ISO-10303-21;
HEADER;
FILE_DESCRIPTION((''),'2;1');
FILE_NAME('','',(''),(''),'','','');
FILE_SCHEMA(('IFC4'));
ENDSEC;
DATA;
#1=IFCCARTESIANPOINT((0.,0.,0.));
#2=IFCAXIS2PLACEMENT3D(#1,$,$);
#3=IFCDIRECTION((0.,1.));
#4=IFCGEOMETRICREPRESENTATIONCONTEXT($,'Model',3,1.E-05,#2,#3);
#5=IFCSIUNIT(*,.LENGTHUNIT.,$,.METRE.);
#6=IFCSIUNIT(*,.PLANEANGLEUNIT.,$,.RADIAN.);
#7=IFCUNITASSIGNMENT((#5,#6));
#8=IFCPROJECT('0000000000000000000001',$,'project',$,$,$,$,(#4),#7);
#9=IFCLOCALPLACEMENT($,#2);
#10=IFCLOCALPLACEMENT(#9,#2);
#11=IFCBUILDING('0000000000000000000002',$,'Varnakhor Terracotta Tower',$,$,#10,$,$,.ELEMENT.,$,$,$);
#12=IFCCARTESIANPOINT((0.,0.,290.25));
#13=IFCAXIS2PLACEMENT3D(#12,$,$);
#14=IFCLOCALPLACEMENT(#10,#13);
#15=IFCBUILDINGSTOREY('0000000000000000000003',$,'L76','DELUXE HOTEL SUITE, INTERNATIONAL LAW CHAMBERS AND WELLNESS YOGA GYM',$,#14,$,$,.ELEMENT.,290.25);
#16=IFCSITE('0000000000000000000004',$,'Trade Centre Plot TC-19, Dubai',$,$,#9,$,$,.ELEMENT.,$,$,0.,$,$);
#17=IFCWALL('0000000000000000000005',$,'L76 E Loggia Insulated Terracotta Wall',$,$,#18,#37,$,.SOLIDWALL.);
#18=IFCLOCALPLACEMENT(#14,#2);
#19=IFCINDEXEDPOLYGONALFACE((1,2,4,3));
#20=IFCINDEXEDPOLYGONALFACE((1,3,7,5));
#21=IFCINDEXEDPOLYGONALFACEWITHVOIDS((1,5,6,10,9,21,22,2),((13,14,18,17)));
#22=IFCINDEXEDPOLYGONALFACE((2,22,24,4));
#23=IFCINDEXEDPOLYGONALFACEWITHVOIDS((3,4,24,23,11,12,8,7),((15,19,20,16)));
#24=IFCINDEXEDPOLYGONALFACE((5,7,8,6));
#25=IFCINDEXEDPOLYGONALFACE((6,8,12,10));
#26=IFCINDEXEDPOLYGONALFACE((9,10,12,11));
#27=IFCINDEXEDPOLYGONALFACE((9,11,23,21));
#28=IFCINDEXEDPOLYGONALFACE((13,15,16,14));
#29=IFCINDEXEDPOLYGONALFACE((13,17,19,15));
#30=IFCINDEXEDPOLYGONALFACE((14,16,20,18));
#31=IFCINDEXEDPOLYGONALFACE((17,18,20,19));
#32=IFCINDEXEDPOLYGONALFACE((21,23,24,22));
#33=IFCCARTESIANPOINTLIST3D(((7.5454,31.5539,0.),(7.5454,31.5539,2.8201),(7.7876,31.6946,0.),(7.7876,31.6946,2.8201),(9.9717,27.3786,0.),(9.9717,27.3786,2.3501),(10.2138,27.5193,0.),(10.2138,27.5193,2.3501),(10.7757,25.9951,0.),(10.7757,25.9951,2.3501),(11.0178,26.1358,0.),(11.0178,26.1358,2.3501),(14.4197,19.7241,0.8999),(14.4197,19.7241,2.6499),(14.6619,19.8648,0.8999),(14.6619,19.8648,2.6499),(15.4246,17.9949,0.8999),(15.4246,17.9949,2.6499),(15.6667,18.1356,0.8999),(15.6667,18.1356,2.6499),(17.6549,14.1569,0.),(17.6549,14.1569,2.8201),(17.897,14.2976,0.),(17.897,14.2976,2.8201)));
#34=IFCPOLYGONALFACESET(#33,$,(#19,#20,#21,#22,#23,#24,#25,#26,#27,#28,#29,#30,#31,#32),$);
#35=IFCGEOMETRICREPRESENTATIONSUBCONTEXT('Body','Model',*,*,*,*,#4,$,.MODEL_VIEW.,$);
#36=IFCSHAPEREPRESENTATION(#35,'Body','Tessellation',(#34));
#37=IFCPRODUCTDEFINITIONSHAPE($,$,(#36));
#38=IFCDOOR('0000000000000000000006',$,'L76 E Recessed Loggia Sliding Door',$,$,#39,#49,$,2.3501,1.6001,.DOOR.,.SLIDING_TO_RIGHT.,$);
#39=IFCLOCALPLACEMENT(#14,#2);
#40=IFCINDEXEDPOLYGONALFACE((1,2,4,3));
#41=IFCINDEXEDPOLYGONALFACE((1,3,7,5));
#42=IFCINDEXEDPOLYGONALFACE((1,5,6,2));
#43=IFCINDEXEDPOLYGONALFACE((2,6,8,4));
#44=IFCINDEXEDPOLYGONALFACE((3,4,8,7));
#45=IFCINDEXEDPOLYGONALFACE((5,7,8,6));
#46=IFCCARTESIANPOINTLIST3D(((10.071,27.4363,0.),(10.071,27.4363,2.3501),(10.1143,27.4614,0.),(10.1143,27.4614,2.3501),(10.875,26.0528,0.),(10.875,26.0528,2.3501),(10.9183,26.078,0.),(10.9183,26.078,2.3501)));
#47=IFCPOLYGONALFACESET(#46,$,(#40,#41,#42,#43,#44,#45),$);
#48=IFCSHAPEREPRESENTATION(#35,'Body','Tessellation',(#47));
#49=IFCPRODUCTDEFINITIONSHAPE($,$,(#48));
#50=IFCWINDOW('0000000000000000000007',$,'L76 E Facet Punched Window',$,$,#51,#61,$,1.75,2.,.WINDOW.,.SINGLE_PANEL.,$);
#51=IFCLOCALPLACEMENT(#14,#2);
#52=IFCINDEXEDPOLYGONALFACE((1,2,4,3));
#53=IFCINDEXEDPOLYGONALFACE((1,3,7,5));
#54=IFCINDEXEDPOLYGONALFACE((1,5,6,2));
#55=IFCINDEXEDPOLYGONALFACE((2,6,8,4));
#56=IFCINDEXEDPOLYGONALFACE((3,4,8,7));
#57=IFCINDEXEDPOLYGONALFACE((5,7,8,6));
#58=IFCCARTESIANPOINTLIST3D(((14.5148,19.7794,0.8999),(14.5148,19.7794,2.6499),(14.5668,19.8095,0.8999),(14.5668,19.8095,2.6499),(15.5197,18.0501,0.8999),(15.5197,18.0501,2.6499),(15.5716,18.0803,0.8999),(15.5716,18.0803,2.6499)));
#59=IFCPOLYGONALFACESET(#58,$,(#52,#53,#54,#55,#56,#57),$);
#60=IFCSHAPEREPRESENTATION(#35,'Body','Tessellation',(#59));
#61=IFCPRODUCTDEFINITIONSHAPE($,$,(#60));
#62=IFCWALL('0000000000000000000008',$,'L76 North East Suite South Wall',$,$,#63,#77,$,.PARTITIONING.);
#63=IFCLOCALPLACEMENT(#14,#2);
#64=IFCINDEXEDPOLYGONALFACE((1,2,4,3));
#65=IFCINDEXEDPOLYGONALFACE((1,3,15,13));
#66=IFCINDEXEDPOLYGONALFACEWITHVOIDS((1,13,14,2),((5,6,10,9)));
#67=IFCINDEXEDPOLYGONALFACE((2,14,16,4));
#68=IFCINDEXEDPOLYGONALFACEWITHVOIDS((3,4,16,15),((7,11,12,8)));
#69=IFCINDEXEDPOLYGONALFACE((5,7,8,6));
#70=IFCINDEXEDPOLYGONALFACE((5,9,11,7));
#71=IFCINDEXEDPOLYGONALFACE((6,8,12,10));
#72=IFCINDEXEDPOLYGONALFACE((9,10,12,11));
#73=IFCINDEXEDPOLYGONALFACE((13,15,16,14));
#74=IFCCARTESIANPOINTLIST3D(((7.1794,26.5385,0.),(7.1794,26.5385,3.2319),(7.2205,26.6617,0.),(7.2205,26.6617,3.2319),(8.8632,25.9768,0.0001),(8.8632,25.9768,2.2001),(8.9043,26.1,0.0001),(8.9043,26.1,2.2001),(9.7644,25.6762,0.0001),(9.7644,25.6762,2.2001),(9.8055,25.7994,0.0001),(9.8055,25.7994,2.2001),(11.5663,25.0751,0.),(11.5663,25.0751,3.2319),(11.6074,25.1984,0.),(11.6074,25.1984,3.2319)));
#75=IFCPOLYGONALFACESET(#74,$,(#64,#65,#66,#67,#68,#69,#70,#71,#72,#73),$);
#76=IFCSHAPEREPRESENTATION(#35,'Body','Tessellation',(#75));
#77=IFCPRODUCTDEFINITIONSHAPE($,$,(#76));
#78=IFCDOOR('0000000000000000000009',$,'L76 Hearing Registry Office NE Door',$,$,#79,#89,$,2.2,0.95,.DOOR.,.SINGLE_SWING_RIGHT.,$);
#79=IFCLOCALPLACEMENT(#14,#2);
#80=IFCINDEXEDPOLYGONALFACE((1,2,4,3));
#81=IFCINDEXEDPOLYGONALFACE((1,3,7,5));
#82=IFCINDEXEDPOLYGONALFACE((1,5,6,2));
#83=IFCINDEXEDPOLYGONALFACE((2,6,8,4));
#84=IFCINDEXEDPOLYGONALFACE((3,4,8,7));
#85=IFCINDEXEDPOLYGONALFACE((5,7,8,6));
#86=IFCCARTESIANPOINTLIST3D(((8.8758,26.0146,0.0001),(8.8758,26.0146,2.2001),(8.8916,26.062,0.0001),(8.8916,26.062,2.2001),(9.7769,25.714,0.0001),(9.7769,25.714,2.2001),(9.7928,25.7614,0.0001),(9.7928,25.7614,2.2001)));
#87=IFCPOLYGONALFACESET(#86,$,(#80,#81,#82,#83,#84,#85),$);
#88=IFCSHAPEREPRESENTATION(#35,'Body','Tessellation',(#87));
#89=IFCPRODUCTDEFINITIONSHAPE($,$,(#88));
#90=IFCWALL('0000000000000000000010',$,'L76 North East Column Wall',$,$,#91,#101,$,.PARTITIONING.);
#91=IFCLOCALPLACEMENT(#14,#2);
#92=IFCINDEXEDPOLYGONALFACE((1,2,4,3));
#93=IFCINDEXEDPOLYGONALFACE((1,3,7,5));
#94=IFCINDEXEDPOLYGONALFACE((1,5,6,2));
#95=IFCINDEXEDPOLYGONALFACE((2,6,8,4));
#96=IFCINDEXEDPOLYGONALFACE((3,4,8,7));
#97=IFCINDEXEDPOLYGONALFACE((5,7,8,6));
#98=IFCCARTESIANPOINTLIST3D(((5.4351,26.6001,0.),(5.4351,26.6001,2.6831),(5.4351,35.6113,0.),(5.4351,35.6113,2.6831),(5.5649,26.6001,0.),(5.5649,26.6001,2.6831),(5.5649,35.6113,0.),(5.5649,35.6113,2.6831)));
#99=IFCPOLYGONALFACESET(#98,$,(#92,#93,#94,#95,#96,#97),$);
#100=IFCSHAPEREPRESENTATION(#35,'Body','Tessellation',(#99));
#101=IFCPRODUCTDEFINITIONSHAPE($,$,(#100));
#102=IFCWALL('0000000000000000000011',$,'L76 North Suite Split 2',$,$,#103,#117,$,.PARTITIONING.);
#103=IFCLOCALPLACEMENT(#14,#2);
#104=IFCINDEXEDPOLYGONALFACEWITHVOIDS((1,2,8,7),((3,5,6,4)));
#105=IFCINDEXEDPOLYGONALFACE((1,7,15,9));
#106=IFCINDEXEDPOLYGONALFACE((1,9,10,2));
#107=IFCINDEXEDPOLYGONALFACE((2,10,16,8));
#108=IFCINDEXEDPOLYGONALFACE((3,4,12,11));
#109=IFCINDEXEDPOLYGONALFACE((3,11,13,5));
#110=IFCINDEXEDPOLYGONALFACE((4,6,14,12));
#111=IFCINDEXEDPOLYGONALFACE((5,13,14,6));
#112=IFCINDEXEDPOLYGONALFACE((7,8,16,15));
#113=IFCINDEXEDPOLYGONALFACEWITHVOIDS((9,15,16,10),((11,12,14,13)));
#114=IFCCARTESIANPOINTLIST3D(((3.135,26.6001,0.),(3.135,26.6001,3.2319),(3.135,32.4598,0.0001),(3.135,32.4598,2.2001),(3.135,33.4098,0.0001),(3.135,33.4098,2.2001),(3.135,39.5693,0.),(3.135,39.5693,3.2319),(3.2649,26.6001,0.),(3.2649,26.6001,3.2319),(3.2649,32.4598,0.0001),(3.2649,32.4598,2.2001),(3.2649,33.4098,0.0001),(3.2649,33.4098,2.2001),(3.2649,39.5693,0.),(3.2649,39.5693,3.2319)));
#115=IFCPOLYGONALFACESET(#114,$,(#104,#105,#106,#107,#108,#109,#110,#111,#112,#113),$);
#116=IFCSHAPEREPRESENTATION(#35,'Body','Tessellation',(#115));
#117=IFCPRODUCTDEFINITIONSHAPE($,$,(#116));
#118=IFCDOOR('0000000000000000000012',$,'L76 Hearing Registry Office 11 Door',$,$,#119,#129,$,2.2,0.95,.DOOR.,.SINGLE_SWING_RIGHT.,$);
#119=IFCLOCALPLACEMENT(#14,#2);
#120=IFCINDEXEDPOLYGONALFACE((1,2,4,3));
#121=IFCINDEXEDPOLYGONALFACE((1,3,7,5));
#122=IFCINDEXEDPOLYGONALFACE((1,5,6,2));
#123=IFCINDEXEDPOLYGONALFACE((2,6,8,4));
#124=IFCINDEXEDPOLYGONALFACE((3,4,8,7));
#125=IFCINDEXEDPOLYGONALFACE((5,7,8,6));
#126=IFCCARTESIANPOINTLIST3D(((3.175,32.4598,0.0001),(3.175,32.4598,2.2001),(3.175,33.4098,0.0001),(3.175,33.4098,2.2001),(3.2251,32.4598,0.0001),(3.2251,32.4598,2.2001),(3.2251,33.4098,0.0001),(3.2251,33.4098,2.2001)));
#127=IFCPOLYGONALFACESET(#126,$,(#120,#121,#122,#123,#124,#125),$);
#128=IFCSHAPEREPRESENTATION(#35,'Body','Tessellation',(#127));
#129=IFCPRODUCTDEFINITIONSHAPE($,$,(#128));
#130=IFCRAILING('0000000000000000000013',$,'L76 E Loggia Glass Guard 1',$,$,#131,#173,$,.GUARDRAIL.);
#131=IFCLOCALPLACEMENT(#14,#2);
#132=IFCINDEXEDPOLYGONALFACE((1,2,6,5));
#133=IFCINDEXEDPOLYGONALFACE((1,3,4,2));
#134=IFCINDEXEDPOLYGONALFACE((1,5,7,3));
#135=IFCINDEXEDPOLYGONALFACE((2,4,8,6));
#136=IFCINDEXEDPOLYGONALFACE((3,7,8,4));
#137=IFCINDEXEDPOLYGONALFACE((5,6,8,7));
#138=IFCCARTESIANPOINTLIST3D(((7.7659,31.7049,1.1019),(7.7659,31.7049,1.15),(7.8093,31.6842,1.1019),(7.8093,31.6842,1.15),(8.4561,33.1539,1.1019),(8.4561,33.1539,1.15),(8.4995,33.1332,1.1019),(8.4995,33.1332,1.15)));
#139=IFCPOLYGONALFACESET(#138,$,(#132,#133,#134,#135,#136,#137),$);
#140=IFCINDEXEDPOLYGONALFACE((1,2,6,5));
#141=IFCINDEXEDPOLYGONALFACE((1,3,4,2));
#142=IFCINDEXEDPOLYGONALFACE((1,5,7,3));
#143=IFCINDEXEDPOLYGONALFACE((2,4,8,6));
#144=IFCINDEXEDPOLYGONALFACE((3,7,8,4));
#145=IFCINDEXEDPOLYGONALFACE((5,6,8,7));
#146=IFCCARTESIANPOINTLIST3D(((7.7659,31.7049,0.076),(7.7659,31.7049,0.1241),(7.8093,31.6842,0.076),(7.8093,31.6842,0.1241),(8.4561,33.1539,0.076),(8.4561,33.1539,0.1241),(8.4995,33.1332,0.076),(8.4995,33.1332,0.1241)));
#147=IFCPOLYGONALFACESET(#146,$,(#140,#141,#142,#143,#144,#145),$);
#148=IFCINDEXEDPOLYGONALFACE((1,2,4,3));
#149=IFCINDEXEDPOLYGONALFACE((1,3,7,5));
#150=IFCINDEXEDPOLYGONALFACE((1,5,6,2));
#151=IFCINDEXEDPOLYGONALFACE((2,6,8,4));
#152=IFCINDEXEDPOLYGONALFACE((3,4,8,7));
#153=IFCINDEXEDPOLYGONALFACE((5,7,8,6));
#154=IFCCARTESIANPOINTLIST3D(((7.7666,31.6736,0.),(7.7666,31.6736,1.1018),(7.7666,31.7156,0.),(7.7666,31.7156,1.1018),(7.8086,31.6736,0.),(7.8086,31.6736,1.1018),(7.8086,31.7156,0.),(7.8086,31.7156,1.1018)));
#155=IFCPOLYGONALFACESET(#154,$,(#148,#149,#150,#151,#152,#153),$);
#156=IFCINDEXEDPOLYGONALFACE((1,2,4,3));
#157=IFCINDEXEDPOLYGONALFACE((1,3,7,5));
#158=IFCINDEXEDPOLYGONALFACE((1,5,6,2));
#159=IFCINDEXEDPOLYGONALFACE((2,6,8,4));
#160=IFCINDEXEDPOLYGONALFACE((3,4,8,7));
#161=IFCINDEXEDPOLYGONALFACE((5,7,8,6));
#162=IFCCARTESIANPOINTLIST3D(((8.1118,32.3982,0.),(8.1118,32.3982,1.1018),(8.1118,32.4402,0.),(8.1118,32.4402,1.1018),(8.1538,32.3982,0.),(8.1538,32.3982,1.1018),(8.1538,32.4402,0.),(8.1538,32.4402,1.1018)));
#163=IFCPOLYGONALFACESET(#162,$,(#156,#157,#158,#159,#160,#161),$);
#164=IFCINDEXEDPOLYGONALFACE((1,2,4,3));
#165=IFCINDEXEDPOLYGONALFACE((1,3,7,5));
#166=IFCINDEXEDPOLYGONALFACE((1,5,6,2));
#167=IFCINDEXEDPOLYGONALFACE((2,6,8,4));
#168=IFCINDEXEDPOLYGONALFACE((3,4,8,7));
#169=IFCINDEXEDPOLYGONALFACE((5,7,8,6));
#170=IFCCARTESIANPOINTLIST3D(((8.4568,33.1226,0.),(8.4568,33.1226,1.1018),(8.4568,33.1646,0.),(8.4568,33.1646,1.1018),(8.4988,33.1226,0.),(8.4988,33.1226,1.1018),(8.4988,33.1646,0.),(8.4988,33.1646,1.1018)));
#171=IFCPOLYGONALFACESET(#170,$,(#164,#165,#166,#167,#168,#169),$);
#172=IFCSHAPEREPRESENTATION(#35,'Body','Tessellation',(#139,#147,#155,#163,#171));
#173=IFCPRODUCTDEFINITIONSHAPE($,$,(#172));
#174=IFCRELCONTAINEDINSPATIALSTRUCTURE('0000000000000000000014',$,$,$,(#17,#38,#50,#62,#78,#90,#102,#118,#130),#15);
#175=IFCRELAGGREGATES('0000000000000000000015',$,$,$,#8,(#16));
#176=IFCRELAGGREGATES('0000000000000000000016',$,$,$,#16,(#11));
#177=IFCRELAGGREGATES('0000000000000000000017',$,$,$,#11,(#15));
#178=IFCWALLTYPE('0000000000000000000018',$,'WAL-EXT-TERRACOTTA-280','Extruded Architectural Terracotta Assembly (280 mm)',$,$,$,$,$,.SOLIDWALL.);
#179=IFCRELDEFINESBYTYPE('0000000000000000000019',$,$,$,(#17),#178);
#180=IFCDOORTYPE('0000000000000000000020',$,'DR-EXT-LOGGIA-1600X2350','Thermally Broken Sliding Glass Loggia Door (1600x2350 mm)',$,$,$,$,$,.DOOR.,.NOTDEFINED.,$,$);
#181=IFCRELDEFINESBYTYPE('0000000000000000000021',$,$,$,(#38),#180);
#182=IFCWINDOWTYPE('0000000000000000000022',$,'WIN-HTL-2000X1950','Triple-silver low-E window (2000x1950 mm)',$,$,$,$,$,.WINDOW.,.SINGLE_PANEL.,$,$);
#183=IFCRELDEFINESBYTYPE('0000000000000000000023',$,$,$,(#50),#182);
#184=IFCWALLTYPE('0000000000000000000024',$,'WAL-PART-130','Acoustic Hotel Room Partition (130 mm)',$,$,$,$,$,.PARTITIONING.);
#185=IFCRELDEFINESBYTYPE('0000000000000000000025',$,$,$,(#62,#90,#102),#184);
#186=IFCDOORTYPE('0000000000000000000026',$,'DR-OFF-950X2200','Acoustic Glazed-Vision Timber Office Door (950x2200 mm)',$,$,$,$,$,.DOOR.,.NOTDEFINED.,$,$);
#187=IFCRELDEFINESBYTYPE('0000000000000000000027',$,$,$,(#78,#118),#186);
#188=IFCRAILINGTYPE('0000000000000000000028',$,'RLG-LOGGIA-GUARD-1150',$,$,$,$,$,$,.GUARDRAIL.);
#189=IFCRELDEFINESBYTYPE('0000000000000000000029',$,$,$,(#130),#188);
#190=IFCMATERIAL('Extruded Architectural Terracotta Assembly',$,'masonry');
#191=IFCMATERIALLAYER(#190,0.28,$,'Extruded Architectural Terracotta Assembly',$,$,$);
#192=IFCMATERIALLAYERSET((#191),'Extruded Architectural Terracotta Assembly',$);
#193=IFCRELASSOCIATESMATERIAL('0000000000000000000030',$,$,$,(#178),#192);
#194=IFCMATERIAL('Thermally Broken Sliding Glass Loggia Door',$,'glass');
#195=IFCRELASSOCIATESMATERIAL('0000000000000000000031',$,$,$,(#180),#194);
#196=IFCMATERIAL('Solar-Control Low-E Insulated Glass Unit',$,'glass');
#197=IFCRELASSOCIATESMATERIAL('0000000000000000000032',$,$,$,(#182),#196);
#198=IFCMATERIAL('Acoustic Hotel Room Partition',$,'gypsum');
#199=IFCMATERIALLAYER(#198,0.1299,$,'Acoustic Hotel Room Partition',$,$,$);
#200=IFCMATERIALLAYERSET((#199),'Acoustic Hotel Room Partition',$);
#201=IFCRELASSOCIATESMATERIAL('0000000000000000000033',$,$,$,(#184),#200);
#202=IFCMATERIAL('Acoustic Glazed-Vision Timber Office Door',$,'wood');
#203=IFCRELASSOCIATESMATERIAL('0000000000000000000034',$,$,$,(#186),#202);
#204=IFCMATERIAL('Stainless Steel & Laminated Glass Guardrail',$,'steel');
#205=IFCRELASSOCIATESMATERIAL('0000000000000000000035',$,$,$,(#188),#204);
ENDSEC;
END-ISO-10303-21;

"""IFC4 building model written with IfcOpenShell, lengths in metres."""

from ifc_helpers import new_model, si_unit, direction, frame, frame_2d, origin, origin_2d, place, context, subcontext, project, spatial, rectangle, extrude, source, transform, mapped, material, layer, layer_set, type_object, type_shapes, element, fill, save


model = new_model("IFC4")

# Units and contexts
model_context = context("Model", 3, precision=1e-05, world=origin(), true_north=direction((0.0, 1.0)))
body_context = subcontext(model_context, "Body", "Model", "MODEL_VIEW")
ifc_project = project(units=[si_unit("LENGTHUNIT", "METRE"), si_unit("PLANEANGLEUNIT", "RADIAN")], contexts=[model_context])

# Site, building, storey
site_placement = place(None, origin())
site = spatial("IfcSite", under=ifc_project, at=site_placement, Name="Trade Centre Plot TC-19, Dubai", CompositionType="ELEMENT", RefElevation=0.0)
building_placement = place(site_placement, origin())
building = spatial("IfcBuilding", under=site, at=building_placement, Name="Varnakhor Terracotta Tower", CompositionType="ELEMENT")
storey_placement = place(building_placement, frame((0.0, 0.0, 290.25)))
storey = spatial("IfcBuildingStorey", under=building, at=storey_placement, Name="L76", Description="DELUXE HOTEL SUITE, INTERNATIONAL LAW CHAMBERS AND WELLNESS YOGA GYM", CompositionType="ELEMENT", Elevation=290.25)

# Wall, openings, door, window
ifc_material_1 = material(Name="Extruded Architectural Terracotta Assembly", Category="masonry")
ifc_layer_1 = layer(ifc_material_1, 0.28, Name="Extruded Architectural Terracotta Assembly")
ifc_layer_set_1 = layer_set([ifc_layer_1], Name="Extruded Architectural Terracotta Assembly")
wall_type_1 = type_object("IfcWallType", Name="WAL-EXT-TERRACOTTA-280", Description="Extruded Architectural Terracotta Assembly (280 mm)", PredefinedType="SOLIDWALL", material=ifc_layer_set_1)
wall_1_placement = place(storey_placement, frame((7.6665, 31.6243, 0.0), z_axis=(0.0, 0.0, 1.0), x_axis=(0.502429, -0.864618, 0.0)))
wall_1 = element("IfcWall", 1, at=wall_1_placement, inside=storey, type_object=wall_type_1, Name="L76 E Loggia Insulated Terracotta Wall", PredefinedType="SOLIDWALL", context=body_context, shape_type="SweptSolid", body=[
    extrude(rectangle(XDim=20.1211, YDim=0.28, at=frame_2d((10.0605, 0.0))), origin(), (0.0, 0.0, 1.0), 2.8201),
])
opening_1_placement = place(wall_1_placement, frame((4.8291, 0.0, 0.0)))
opening_1 = element("IfcOpeningElement", 2, at=opening_1_placement, cuts=wall_1, PredefinedType="OPENING", context=body_context, shape_type="SweptSolid", body=[
    extrude(rectangle(XDim=1.6001, YDim=2.3501, at=frame_2d((0.8, 1.175))), frame((0.0, 0.1499, 0.0), z_axis=(0.0, -1.0, 0.0), x_axis=(1.0, 0.0, 0.0)), (0.0, 0.0, 1.0), 0.3),
])
opening_2_placement = place(wall_1_placement, frame((13.6821, 0.0, 0.8999)))
opening_2 = element("IfcOpeningElement", 3, at=opening_2_placement, cuts=wall_1, PredefinedType="OPENING", context=body_context, shape_type="SweptSolid", body=[
    extrude(rectangle(XDim=2.0, YDim=1.75, at=frame_2d((1.0, 0.875))), frame((0.0, 0.1499, 0.0), z_axis=(0.0, -1.0, 0.0), x_axis=(1.0, 0.0, 0.0)), (0.0, 0.0, 1.0), 0.3),
])
ifc_material_2 = material(Name="Thermally Broken Sliding Glass Loggia Door", Category="glass")
door_type_1 = type_object("IfcDoorType", Name="DR-EXT-LOGGIA-1600X2350", Description="Thermally Broken Sliding Glass Loggia Door (1600x2350 mm)", OperationType="NOTDEFINED", PredefinedType="DOOR", material=ifc_material_2)
shared_shape_1 = source(origin(), body_context, "Body", "SweptSolid", [
    extrude(rectangle(XDim=1.6001, YDim=2.3501, at=frame_2d((0.8, 1.175))), frame((0.0, 0.0249, 0.0), z_axis=(0.0, -1.0, 0.0), x_axis=(1.0, 0.0, 0.0)), (0.0, 0.0, 1.0), 0.05),
])
type_shapes(door_type_1, [shared_shape_1])
door_1_placement = place(opening_1_placement, origin())
door_1 = element("IfcDoor", 4, at=door_1_placement, inside=storey, type_object=door_type_1, Name="L76 E Recessed Loggia Sliding Door", OperationType="SLIDING_TO_RIGHT", OverallHeight=2.3501, OverallWidth=1.6001, PredefinedType="DOOR", context=body_context, shape_type="MappedRepresentation", body=[
    mapped(shared_shape_1, transform((0.0, 0.0, 0.0), scale=1.0)),
])
fill(opening_1, door_1)
ifc_material_3 = material(Name="Solar-Control Low-E Insulated Glass Unit", Category="glass")
window_type = type_object("IfcWindowType", Name="WIN-HTL-2000X1950", Description="Triple-silver low-E window (2000x1950 mm)", PartitioningType="SINGLE_PANEL", PredefinedType="WINDOW", material=ifc_material_3)
shared_shape_2 = source(origin(), body_context, "Body", "SweptSolid", [
    extrude(rectangle(XDim=2.0, YDim=1.75, at=frame_2d((1.0, 0.875))), frame((0.0, 0.03, 0.0), z_axis=(0.0, -1.0, 0.0), x_axis=(1.0, 0.0, 0.0)), (0.0, 0.0, 1.0), 0.0601),
])
type_shapes(window_type, [shared_shape_2])
window_placement = place(opening_2_placement, origin())
window = element("IfcWindow", 5, at=window_placement, inside=storey, type_object=window_type, Name="L76 E Facet Punched Window", OverallHeight=1.75, OverallWidth=2.0, PartitioningType="SINGLE_PANEL", PredefinedType="WINDOW", context=body_context, shape_type="MappedRepresentation", body=[
    mapped(shared_shape_2, transform((0.0, 0.0, 0.0), scale=1.0)),
])
fill(opening_2, window)

# Wall, opening, door
ifc_material_4 = material(Name="Acoustic Hotel Room Partition", Category="gypsum")
ifc_layer_2 = layer(ifc_material_4, 0.1299, Name="Acoustic Hotel Room Partition")
ifc_layer_set_2 = layer_set([ifc_layer_2], Name="Acoustic Hotel Room Partition")
wall_type_2 = type_object("IfcWallType", Name="WAL-PART-130", Description="Acoustic Hotel Room Partition (130 mm)", PredefinedType="PARTITIONING", material=ifc_layer_set_2)
wall_2_placement = place(storey_placement, frame((7.2, 26.6001, 0.0), z_axis=(0.0, 0.0, 1.0), x_axis=(0.948615, -0.316434, 0.0)))
wall_2 = element("IfcWall", 6, at=wall_2_placement, inside=storey, type_object=wall_type_2, Name="L76 North East Suite South Wall", PredefinedType="PARTITIONING", context=body_context, shape_type="SweptSolid", body=[
    extrude(rectangle(XDim=4.6245, YDim=0.1299, at=frame_2d((2.3123, 0.0))), origin(), (0.0, 0.0, 1.0), 3.2319),
])
opening_3_placement = place(wall_2_placement, frame((1.7749, 0.0, 0.0)))
opening_3 = element("IfcOpeningElement", 7, at=opening_3_placement, cuts=wall_2, PredefinedType="OPENING", context=body_context, shape_type="SweptSolid", body=[
    extrude(rectangle(XDim=0.95, YDim=2.2, at=frame_2d((0.4751, 1.1001))), frame((0.0, 0.075, 0.0), z_axis=(0.0, -1.0, 0.0), x_axis=(1.0, 0.0, 0.0)), (0.0, 0.0, 1.0), 0.1499),
])
ifc_material_5 = material(Name="Acoustic Glazed-Vision Timber Office Door", Category="wood")
door_type_2 = type_object("IfcDoorType", Name="DR-OFF-950X2200", Description="Acoustic Glazed-Vision Timber Office Door (950x2200 mm)", OperationType="NOTDEFINED", PredefinedType="DOOR", material=ifc_material_5)
shared_shape_3 = source(origin(), body_context, "Body", "SweptSolid", [
    extrude(rectangle(XDim=0.95, YDim=2.2, at=frame_2d((0.4751, 1.1001))), frame((0.0, 0.0249, 0.0), z_axis=(0.0, -1.0, 0.0), x_axis=(1.0, 0.0, 0.0)), (0.0, 0.0, 1.0), 0.05),
])
type_shapes(door_type_2, [shared_shape_3])
door_2_placement = place(opening_3_placement, origin())
door_2 = element("IfcDoor", 8, at=door_2_placement, inside=storey, type_object=door_type_2, Name="L76 Hearing Registry Office NE Door", OperationType="SINGLE_SWING_RIGHT", OverallHeight=2.2, OverallWidth=0.95, PredefinedType="DOOR", context=body_context, shape_type="MappedRepresentation", body=[
    mapped(shared_shape_3, transform((0.0, 0.0, 0.0), scale=1.0)),
])
fill(opening_3, door_2)

# Wall
wall_3_placement = place(storey_placement, frame((5.5, 26.6001, 0.0), z_axis=(0.0, 0.0, 1.0), x_axis=(0.0, 1.0, 0.0)))
element("IfcWall", 9, at=wall_3_placement, inside=storey, type_object=wall_type_2, Name="L76 North East Column Wall", PredefinedType="PARTITIONING", context=body_context, shape_type="SweptSolid", body=[
    extrude(rectangle(XDim=9.0112, YDim=0.1299, at=frame_2d((4.5056, 0.0))), origin(), (0.0, 0.0, 1.0), 2.6831),
])

# Wall, opening, door
wall_4_placement = place(storey_placement, frame((3.2, 26.6001, 0.0), z_axis=(0.0, 0.0, 1.0), x_axis=(0.0, 1.0, 0.0)))
wall_4 = element("IfcWall", 10, at=wall_4_placement, inside=storey, type_object=wall_type_2, Name="L76 North Suite Split 2", PredefinedType="PARTITIONING", context=body_context, shape_type="SweptSolid", body=[
    extrude(rectangle(XDim=12.9692, YDim=0.1299, at=frame_2d((6.4846, 0.0))), origin(), (0.0, 0.0, 1.0), 3.2319),
])
opening_4_placement = place(wall_4_placement, frame((5.8596, 0.0, 0.0)))
opening_4 = element("IfcOpeningElement", 11, at=opening_4_placement, cuts=wall_4, PredefinedType="OPENING", context=body_context, shape_type="SweptSolid", body=[
    extrude(rectangle(XDim=0.95, YDim=2.2, at=frame_2d((0.4751, 1.1001))), frame((0.0, 0.075, 0.0), z_axis=(0.0, -1.0, 0.0), x_axis=(1.0, 0.0, 0.0)), (0.0, 0.0, 1.0), 0.1499),
])
door_3_placement = place(opening_4_placement, origin())
door_3 = element("IfcDoor", 12, at=door_3_placement, inside=storey, type_object=door_type_2, Name="L76 Hearing Registry Office 11 Door", OperationType="SINGLE_SWING_RIGHT", OverallHeight=2.2, OverallWidth=0.95, PredefinedType="DOOR", context=body_context, shape_type="MappedRepresentation", body=[
    mapped(shared_shape_3, transform((0.0, 0.0, 0.0), scale=1.0)),
])
fill(opening_4, door_3)

# Railing
ifc_material_6 = material(Name="Stainless Steel & Laminated Glass Guardrail", Category="steel")
railing_type = type_object("IfcRailingType", Name="RLG-LOGGIA-GUARD-1150", PredefinedType="GUARDRAIL", material=ifc_material_6)
railing_1_placement = place(storey_placement, frame((7.7876, 31.6946, 0.0)))
element("IfcRailing", 13, at=railing_1_placement, inside=storey, type_object=railing_type, Name="L76 E Loggia Glass Guard 1", PredefinedType="GUARDRAIL", context=body_context, shape_type="SweptSolid", body=[
    extrude(rectangle(XDim=0.0481, YDim=0.0481, at=origin_2d()), frame((0.0, 0.0, 1.126), z_axis=(0.430034, 0.902813, 0.0), x_axis=(-0.902813, 0.430034, 0.0)), (0.0, 0.0, 1.0), 1.605),
    extrude(rectangle(XDim=0.0481, YDim=0.0481, at=origin_2d()), frame((0.0, 0.0, 0.1001), z_axis=(0.430034, 0.902813, 0.0), x_axis=(-0.902813, 0.430034, 0.0)), (0.0, 0.0, 1.0), 1.605),
    extrude(rectangle(XDim=0.042, YDim=0.042, at=origin_2d()), origin(), (0.0, 0.0, 1.0), 1.1018),
    extrude(rectangle(XDim=0.042, YDim=0.042, at=origin_2d()), frame((0.3452, 0.7246, 0.0)), (0.0, 0.0, 1.0), 1.1018),
    extrude(rectangle(XDim=0.042, YDim=0.042, at=origin_2d()), frame((0.6902, 1.449, 0.0)), (0.0, 0.0, 1.0), 1.1018),
])

save(model, "model.ifc")
